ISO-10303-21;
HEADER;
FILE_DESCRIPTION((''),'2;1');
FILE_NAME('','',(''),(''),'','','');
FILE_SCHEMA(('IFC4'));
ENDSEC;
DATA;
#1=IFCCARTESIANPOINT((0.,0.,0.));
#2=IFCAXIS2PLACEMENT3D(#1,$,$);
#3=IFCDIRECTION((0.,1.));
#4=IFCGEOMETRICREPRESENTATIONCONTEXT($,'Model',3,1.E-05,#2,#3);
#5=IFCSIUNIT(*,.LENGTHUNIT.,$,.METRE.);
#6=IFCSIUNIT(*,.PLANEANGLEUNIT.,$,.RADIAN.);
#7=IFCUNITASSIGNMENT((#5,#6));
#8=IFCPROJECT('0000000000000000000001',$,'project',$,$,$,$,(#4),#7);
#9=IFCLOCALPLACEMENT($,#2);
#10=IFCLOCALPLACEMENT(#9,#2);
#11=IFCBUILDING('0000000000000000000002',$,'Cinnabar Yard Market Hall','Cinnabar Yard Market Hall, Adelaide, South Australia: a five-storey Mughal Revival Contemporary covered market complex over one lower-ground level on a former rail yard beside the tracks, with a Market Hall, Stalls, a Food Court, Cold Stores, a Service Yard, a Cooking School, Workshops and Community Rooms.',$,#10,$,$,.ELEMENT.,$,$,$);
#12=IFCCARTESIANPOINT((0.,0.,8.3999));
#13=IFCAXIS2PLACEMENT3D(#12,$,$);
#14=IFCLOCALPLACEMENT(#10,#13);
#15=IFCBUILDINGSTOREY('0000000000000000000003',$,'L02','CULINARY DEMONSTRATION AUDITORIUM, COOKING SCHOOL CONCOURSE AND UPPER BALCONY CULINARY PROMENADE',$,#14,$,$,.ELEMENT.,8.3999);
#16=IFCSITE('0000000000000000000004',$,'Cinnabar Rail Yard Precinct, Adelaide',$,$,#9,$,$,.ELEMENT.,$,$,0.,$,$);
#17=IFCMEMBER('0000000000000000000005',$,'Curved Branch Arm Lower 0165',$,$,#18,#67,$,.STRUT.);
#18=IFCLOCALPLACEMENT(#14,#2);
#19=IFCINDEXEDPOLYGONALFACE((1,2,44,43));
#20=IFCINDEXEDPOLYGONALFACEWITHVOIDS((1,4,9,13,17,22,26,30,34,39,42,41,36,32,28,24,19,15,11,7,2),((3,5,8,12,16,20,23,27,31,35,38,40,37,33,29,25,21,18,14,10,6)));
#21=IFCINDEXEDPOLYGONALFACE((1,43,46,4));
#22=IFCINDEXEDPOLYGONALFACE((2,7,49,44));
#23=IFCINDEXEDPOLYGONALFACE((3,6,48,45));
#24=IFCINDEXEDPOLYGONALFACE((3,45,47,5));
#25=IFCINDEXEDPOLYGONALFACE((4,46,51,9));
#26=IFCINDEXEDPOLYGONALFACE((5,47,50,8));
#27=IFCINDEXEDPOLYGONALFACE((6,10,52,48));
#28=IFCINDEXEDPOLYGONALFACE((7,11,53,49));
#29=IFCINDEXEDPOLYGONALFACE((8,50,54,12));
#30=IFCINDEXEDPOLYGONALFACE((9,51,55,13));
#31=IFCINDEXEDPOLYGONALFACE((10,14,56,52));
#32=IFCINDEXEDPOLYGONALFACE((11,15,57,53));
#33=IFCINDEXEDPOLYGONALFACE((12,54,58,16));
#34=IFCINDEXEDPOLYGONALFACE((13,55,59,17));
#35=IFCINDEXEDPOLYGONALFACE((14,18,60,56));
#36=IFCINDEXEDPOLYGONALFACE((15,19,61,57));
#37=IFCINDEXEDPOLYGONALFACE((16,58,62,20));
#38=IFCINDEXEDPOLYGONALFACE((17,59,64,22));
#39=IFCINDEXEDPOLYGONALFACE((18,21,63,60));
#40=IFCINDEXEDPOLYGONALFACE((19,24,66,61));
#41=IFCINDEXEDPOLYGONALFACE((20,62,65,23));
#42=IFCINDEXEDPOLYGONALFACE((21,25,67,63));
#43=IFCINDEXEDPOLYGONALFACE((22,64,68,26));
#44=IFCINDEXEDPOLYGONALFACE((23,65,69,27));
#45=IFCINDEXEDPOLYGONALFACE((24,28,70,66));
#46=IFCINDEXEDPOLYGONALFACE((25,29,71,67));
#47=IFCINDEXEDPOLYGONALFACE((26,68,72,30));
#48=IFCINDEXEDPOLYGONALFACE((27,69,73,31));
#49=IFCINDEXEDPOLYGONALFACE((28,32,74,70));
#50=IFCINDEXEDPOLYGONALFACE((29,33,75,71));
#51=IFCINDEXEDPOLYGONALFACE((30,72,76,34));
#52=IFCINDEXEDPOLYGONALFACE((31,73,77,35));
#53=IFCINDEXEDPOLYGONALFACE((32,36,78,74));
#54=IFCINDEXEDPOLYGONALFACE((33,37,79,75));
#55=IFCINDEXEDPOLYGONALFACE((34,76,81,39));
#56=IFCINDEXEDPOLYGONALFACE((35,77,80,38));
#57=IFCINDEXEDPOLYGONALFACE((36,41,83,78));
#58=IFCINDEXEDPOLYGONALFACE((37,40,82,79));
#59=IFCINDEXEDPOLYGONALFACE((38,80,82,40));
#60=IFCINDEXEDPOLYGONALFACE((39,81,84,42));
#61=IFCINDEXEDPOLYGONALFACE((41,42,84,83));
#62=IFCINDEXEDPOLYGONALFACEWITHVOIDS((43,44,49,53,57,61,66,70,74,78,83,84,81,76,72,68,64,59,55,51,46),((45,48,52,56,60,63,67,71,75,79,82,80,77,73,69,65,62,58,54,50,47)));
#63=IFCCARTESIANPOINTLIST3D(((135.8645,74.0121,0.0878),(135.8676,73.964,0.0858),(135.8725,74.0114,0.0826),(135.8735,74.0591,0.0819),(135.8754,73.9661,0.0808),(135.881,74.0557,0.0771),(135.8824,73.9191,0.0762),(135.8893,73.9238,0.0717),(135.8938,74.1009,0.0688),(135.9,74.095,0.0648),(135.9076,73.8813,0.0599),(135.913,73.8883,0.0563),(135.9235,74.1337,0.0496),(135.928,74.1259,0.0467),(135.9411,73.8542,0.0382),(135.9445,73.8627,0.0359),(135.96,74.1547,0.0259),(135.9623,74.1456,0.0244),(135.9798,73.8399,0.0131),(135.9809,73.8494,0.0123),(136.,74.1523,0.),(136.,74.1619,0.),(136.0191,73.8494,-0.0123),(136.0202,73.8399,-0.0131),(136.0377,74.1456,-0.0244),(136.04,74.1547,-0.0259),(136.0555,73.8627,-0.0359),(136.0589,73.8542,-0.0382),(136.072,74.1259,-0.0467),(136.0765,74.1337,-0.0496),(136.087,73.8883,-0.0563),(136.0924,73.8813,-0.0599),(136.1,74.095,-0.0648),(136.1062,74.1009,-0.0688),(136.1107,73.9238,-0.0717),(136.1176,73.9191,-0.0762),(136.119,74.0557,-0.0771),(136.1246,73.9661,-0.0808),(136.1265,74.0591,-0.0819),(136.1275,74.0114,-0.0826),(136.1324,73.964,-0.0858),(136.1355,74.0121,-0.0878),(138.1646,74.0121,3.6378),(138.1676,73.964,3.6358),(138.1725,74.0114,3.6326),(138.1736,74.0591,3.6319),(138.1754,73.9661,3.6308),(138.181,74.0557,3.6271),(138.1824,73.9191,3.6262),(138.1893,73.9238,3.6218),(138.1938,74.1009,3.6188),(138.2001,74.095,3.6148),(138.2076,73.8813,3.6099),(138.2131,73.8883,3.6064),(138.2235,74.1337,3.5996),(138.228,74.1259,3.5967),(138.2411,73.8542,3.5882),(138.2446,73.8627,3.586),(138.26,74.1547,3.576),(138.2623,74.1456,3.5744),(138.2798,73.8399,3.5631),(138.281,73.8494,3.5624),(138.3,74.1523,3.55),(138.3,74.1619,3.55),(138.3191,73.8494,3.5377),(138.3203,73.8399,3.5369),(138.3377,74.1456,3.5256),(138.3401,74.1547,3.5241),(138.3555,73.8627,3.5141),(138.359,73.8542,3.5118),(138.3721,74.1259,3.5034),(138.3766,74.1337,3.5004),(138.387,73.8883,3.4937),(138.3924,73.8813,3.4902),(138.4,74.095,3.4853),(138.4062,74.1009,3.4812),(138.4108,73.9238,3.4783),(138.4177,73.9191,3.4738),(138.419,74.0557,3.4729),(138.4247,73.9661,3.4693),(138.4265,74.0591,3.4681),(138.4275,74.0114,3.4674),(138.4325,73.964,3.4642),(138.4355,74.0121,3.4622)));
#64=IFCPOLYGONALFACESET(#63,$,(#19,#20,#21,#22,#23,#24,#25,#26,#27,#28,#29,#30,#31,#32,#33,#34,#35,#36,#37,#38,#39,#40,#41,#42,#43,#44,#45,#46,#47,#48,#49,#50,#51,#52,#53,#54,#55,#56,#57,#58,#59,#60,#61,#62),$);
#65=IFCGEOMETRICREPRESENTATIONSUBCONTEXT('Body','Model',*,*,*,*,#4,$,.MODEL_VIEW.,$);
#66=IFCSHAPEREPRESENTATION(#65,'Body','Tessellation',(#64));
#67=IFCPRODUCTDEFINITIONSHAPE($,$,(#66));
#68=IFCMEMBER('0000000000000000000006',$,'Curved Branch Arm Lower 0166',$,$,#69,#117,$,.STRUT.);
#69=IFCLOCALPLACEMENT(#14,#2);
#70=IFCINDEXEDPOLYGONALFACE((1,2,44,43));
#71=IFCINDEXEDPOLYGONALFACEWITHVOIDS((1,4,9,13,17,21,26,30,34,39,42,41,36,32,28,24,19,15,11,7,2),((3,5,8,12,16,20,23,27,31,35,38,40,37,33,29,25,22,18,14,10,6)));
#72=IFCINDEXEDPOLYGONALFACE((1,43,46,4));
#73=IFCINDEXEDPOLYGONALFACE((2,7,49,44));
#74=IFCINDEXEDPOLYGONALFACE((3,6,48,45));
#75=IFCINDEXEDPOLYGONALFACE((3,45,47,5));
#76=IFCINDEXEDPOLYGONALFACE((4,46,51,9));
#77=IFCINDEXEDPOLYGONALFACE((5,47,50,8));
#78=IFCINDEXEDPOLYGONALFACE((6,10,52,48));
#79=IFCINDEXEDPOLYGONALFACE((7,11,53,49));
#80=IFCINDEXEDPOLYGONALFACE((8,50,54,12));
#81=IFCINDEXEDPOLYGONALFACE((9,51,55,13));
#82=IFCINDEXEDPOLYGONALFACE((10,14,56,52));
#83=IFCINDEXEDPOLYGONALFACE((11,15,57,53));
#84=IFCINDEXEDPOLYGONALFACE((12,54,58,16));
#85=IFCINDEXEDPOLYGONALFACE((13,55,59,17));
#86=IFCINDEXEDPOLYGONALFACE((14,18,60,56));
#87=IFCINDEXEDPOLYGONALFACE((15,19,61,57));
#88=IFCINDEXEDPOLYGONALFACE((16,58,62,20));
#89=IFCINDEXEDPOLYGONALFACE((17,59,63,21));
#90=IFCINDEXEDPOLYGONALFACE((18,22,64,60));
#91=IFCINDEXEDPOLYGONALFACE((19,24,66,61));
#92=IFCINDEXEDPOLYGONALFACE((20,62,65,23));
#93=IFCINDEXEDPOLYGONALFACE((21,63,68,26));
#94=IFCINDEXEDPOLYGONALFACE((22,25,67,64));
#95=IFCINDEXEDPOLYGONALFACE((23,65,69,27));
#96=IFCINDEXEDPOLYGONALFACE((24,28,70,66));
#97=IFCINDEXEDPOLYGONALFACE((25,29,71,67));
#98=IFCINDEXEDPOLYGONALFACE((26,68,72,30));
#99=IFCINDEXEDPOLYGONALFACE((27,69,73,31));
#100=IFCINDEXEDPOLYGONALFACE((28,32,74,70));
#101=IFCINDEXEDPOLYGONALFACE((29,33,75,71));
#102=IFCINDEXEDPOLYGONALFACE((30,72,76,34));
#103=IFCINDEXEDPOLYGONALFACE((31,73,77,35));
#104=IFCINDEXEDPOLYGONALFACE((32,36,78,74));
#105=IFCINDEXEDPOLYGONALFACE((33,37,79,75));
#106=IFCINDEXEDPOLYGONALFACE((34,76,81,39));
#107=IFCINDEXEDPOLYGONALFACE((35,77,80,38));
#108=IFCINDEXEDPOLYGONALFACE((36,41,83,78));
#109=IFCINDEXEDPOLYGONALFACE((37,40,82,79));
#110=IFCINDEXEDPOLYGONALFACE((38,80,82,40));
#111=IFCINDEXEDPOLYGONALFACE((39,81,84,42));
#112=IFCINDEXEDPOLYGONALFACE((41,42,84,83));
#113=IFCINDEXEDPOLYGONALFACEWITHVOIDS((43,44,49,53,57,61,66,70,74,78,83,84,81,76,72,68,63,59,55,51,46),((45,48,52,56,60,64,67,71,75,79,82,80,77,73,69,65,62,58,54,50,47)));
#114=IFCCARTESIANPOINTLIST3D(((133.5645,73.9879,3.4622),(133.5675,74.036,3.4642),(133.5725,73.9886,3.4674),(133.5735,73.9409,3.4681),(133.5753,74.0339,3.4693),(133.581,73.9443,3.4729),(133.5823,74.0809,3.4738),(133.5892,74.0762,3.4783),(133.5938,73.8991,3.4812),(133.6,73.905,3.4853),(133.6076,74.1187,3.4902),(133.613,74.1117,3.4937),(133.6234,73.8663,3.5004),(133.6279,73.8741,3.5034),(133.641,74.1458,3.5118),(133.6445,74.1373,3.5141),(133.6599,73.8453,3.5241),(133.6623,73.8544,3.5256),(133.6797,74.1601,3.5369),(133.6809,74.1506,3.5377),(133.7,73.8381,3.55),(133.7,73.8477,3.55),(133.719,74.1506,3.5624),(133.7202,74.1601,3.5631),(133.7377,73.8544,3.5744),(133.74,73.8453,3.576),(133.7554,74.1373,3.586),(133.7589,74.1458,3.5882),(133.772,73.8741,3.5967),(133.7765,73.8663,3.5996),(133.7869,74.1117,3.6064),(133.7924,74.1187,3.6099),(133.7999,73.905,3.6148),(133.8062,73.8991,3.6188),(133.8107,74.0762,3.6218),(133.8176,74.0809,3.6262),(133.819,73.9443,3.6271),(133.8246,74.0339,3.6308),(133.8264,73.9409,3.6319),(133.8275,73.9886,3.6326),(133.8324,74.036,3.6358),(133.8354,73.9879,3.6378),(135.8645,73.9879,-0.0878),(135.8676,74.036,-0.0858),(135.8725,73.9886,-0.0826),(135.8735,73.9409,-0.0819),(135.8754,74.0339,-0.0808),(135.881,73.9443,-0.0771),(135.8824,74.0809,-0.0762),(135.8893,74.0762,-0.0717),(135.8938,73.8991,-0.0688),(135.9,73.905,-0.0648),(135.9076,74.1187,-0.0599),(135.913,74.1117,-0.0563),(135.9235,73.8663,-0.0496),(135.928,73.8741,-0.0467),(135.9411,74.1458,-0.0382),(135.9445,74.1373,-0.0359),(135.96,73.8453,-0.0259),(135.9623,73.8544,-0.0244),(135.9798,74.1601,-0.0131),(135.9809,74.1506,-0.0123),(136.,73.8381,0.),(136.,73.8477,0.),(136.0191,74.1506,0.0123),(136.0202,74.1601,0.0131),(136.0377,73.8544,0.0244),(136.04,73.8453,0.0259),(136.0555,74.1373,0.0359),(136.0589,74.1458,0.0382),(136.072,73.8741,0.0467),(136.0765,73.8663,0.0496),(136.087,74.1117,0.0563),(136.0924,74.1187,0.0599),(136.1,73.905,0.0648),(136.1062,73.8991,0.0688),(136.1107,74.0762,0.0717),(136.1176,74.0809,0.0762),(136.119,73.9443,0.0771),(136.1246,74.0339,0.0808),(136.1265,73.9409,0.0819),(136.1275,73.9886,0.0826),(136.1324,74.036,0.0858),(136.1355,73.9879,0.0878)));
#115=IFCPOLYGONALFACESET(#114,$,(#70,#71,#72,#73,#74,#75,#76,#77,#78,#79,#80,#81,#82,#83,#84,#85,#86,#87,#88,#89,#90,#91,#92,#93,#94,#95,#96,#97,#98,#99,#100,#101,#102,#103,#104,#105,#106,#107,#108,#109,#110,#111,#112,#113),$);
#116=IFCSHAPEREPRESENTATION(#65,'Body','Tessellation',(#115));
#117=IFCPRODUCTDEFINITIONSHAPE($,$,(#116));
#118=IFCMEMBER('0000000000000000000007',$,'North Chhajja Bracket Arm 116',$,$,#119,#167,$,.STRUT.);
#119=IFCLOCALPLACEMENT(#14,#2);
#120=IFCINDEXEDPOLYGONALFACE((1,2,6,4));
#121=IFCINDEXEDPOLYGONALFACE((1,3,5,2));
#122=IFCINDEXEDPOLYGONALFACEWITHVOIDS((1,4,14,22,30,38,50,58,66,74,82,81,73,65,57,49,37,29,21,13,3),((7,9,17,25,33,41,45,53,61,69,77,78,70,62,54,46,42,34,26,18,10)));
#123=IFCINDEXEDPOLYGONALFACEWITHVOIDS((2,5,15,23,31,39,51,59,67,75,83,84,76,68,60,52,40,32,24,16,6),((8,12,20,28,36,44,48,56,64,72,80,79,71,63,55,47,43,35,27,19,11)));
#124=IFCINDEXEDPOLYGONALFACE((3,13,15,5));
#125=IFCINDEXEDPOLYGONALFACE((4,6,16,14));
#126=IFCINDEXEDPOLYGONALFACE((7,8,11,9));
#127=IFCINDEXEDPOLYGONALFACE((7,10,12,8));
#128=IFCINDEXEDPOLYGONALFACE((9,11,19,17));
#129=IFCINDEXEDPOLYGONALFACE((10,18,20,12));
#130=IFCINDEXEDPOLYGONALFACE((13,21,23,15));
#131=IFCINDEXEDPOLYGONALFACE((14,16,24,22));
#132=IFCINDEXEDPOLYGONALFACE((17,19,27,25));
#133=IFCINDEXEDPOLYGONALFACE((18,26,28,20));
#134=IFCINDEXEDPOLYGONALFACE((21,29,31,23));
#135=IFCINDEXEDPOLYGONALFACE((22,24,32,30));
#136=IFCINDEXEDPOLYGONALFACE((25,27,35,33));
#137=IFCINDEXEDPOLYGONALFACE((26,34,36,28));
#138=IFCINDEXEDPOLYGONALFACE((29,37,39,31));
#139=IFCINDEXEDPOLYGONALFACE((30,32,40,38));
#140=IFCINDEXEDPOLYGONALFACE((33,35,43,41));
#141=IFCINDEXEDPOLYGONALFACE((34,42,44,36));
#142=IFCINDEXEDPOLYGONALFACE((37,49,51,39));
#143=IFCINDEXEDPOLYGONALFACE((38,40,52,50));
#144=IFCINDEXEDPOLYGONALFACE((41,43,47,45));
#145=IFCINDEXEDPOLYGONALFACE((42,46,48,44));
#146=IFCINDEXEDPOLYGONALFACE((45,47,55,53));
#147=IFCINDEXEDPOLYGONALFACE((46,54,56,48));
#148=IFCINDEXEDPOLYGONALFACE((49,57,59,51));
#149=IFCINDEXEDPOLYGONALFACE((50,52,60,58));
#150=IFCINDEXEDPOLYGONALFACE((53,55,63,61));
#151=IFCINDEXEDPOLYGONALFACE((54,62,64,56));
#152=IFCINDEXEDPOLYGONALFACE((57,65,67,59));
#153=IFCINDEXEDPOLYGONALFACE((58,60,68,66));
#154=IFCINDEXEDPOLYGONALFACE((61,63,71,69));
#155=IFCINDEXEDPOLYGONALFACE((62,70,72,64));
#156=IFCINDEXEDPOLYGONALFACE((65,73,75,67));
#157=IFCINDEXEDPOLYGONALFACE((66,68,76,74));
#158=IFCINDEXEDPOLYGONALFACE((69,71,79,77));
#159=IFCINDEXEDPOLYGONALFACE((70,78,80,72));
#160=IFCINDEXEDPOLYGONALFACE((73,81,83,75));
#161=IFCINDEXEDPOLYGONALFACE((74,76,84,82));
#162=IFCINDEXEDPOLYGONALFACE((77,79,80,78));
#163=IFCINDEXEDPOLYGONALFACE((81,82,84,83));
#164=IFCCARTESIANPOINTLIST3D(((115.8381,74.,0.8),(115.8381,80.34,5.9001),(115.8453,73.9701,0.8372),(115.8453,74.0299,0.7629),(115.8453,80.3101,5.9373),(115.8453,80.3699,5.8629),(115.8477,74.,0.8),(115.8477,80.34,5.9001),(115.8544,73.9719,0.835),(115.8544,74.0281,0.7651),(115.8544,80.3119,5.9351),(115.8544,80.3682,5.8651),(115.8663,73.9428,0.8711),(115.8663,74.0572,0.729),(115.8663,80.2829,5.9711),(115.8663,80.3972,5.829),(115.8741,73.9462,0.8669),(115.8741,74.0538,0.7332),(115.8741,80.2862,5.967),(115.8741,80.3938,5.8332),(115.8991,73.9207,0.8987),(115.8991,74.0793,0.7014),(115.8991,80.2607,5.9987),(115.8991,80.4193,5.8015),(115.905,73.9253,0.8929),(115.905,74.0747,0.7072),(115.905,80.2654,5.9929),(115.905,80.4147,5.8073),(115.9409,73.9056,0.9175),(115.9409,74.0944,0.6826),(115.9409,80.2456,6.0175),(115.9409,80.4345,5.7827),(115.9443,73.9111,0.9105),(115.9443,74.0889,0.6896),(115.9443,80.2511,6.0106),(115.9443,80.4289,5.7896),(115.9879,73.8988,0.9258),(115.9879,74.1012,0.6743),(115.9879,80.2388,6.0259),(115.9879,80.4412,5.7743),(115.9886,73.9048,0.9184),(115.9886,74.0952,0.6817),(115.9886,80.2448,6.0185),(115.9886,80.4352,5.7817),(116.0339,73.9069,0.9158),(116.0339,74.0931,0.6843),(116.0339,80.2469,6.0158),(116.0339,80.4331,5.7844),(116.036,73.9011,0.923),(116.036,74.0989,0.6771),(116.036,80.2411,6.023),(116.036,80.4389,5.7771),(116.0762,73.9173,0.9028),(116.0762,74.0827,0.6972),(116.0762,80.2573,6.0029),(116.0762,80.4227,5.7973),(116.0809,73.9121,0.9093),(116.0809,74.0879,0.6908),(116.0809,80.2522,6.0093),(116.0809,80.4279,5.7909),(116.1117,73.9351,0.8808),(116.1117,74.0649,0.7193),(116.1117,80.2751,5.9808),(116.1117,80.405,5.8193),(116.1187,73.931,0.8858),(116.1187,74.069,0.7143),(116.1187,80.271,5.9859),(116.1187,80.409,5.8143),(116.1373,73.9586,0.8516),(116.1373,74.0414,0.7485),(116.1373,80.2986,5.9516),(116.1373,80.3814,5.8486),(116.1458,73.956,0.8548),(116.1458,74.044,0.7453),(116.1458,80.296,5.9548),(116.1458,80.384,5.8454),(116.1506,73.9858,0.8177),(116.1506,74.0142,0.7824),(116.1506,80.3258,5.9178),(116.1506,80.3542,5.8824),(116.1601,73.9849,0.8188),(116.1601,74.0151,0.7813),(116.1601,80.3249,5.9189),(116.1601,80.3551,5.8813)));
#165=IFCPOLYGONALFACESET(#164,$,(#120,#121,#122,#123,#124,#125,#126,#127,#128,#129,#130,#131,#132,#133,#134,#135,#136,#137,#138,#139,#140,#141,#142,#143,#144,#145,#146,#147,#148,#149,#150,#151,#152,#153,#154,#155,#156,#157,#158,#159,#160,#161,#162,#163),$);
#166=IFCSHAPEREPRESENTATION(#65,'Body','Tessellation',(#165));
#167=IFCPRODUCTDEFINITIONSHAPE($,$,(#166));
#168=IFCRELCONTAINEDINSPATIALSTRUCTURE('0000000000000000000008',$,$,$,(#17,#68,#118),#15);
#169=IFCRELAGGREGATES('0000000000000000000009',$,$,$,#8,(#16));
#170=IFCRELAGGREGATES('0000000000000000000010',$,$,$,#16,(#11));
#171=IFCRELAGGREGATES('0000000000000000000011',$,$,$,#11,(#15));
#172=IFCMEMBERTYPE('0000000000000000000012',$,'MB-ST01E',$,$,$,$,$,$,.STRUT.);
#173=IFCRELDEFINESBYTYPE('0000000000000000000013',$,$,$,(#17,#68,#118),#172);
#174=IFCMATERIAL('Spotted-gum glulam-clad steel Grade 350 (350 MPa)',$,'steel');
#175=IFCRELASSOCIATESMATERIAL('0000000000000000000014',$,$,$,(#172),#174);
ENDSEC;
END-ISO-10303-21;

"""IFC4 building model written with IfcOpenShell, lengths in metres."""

from ifc_helpers import new_model, si_unit, direction, frame, origin, origin_2d_with_axis, place, context, subcontext, project, spatial, hollow_circle, extrude, material, material_profile, profile_set, type_object, element, save


model = new_model("IFC4")

# Units and contexts
model_context = context("Model", 3, precision=1e-05, world=origin(), true_north=direction((0.0, 1.0)))
body_context = subcontext(model_context, "Body", "Model", "MODEL_VIEW")
ifc_project = project(units=[si_unit("LENGTHUNIT", "METRE"), si_unit("PLANEANGLEUNIT", "RADIAN")], contexts=[model_context])

# Site, building, storey
site_placement = place(None, origin())
site = spatial("IfcSite", under=ifc_project, at=site_placement, Name="Cinnabar Rail Yard Precinct, Adelaide", CompositionType="ELEMENT", RefElevation=0.0)
building_placement = place(site_placement, origin())
building = spatial("IfcBuilding", under=site, at=building_placement, Name="Cinnabar Yard Market Hall", Description="Cinnabar Yard Market Hall, Adelaide, South Australia: a five-storey Mughal Revival Contemporary covered market complex over one lower-ground level on a former rail yard beside the tracks, with a Market Hall, Stalls, a Food Court, Cold Stores, a Service Yard, a Cooking School, Workshops and Community Rooms.", CompositionType="ELEMENT")
storey_placement = place(building_placement, frame((0.0, 0.0, 8.3999)))
storey = spatial("IfcBuildingStorey", under=building, at=storey_placement, Name="L02", Description="CULINARY DEMONSTRATION AUDITORIUM, COOKING SCHOOL CONCOURSE AND UPPER BALCONY CULINARY PROMENADE", CompositionType="ELEMENT", Elevation=8.3999)

# Shared definitions
ifc_material_1 = material(Name="Spotted-gum glulam-clad steel Grade 350 (350 MPa)", Category="steel")

# Members
ifc_material_profile_1 = material_profile(ifc_material_1, hollow_circle(Radius=0.1619, WallThickness=0.0095, at=origin_2d_with_axis()), Name="323.9x9.5CHS")
ifc_profile_set_1 = profile_set([ifc_material_profile_1], Name="Spotted-gum glulam-clad steel Grade 350 (350 MPa)")
member_type_1 = type_object("IfcMemberType", Name="MB-ST01E", PredefinedType="STRUT", material=ifc_profile_set_1)
for number, where, z_axis, x_axis, name in (
    (1, (136.0, 74.0, 0.0), (0.543744, 0.0, 0.839251), (0.0, 1.0, 0.0), "Curved Branch Arm Lower 0165"),
    (2, (136.0, 74.0, 0.0), (-0.543744, 0.0, 0.839251), (0.0, -1.0, 0.0), "Curved Branch Arm Lower 0166"),
):
    element("IfcMember", number, at=place(storey_placement, frame(where, z_axis=z_axis, x_axis=x_axis)), inside=storey, type_object=member_type_1, Name=name, PredefinedType="STRUT", context=body_context, shape_type="SweptSolid", body=[
        extrude(hollow_circle(Radius=0.1619, WallThickness=0.0095, at=origin_2d_with_axis()), origin(), (0.0, 0.0, 1.0), 4.23),
    ])
for number, where, z_axis, x_axis, name in (
    (3, (116.0, 74.0, 0.8), (0.0, 0.779186, 0.626793), (-1.0, 0.0, 0.0), "North Chhajja Bracket Arm 116"),
):
    element("IfcMember", number, at=place(storey_placement, frame(where, z_axis=z_axis, x_axis=x_axis)), inside=storey, type_object=member_type_1, Name=name, PredefinedType="STRUT", context=body_context, shape_type="SweptSolid", body=[
        extrude(hollow_circle(Radius=0.1619, WallThickness=0.0095, at=origin_2d_with_axis()), origin(), (0.0, 0.0, 1.0), 8.1367),
    ])

save(model, "model.ifc")
